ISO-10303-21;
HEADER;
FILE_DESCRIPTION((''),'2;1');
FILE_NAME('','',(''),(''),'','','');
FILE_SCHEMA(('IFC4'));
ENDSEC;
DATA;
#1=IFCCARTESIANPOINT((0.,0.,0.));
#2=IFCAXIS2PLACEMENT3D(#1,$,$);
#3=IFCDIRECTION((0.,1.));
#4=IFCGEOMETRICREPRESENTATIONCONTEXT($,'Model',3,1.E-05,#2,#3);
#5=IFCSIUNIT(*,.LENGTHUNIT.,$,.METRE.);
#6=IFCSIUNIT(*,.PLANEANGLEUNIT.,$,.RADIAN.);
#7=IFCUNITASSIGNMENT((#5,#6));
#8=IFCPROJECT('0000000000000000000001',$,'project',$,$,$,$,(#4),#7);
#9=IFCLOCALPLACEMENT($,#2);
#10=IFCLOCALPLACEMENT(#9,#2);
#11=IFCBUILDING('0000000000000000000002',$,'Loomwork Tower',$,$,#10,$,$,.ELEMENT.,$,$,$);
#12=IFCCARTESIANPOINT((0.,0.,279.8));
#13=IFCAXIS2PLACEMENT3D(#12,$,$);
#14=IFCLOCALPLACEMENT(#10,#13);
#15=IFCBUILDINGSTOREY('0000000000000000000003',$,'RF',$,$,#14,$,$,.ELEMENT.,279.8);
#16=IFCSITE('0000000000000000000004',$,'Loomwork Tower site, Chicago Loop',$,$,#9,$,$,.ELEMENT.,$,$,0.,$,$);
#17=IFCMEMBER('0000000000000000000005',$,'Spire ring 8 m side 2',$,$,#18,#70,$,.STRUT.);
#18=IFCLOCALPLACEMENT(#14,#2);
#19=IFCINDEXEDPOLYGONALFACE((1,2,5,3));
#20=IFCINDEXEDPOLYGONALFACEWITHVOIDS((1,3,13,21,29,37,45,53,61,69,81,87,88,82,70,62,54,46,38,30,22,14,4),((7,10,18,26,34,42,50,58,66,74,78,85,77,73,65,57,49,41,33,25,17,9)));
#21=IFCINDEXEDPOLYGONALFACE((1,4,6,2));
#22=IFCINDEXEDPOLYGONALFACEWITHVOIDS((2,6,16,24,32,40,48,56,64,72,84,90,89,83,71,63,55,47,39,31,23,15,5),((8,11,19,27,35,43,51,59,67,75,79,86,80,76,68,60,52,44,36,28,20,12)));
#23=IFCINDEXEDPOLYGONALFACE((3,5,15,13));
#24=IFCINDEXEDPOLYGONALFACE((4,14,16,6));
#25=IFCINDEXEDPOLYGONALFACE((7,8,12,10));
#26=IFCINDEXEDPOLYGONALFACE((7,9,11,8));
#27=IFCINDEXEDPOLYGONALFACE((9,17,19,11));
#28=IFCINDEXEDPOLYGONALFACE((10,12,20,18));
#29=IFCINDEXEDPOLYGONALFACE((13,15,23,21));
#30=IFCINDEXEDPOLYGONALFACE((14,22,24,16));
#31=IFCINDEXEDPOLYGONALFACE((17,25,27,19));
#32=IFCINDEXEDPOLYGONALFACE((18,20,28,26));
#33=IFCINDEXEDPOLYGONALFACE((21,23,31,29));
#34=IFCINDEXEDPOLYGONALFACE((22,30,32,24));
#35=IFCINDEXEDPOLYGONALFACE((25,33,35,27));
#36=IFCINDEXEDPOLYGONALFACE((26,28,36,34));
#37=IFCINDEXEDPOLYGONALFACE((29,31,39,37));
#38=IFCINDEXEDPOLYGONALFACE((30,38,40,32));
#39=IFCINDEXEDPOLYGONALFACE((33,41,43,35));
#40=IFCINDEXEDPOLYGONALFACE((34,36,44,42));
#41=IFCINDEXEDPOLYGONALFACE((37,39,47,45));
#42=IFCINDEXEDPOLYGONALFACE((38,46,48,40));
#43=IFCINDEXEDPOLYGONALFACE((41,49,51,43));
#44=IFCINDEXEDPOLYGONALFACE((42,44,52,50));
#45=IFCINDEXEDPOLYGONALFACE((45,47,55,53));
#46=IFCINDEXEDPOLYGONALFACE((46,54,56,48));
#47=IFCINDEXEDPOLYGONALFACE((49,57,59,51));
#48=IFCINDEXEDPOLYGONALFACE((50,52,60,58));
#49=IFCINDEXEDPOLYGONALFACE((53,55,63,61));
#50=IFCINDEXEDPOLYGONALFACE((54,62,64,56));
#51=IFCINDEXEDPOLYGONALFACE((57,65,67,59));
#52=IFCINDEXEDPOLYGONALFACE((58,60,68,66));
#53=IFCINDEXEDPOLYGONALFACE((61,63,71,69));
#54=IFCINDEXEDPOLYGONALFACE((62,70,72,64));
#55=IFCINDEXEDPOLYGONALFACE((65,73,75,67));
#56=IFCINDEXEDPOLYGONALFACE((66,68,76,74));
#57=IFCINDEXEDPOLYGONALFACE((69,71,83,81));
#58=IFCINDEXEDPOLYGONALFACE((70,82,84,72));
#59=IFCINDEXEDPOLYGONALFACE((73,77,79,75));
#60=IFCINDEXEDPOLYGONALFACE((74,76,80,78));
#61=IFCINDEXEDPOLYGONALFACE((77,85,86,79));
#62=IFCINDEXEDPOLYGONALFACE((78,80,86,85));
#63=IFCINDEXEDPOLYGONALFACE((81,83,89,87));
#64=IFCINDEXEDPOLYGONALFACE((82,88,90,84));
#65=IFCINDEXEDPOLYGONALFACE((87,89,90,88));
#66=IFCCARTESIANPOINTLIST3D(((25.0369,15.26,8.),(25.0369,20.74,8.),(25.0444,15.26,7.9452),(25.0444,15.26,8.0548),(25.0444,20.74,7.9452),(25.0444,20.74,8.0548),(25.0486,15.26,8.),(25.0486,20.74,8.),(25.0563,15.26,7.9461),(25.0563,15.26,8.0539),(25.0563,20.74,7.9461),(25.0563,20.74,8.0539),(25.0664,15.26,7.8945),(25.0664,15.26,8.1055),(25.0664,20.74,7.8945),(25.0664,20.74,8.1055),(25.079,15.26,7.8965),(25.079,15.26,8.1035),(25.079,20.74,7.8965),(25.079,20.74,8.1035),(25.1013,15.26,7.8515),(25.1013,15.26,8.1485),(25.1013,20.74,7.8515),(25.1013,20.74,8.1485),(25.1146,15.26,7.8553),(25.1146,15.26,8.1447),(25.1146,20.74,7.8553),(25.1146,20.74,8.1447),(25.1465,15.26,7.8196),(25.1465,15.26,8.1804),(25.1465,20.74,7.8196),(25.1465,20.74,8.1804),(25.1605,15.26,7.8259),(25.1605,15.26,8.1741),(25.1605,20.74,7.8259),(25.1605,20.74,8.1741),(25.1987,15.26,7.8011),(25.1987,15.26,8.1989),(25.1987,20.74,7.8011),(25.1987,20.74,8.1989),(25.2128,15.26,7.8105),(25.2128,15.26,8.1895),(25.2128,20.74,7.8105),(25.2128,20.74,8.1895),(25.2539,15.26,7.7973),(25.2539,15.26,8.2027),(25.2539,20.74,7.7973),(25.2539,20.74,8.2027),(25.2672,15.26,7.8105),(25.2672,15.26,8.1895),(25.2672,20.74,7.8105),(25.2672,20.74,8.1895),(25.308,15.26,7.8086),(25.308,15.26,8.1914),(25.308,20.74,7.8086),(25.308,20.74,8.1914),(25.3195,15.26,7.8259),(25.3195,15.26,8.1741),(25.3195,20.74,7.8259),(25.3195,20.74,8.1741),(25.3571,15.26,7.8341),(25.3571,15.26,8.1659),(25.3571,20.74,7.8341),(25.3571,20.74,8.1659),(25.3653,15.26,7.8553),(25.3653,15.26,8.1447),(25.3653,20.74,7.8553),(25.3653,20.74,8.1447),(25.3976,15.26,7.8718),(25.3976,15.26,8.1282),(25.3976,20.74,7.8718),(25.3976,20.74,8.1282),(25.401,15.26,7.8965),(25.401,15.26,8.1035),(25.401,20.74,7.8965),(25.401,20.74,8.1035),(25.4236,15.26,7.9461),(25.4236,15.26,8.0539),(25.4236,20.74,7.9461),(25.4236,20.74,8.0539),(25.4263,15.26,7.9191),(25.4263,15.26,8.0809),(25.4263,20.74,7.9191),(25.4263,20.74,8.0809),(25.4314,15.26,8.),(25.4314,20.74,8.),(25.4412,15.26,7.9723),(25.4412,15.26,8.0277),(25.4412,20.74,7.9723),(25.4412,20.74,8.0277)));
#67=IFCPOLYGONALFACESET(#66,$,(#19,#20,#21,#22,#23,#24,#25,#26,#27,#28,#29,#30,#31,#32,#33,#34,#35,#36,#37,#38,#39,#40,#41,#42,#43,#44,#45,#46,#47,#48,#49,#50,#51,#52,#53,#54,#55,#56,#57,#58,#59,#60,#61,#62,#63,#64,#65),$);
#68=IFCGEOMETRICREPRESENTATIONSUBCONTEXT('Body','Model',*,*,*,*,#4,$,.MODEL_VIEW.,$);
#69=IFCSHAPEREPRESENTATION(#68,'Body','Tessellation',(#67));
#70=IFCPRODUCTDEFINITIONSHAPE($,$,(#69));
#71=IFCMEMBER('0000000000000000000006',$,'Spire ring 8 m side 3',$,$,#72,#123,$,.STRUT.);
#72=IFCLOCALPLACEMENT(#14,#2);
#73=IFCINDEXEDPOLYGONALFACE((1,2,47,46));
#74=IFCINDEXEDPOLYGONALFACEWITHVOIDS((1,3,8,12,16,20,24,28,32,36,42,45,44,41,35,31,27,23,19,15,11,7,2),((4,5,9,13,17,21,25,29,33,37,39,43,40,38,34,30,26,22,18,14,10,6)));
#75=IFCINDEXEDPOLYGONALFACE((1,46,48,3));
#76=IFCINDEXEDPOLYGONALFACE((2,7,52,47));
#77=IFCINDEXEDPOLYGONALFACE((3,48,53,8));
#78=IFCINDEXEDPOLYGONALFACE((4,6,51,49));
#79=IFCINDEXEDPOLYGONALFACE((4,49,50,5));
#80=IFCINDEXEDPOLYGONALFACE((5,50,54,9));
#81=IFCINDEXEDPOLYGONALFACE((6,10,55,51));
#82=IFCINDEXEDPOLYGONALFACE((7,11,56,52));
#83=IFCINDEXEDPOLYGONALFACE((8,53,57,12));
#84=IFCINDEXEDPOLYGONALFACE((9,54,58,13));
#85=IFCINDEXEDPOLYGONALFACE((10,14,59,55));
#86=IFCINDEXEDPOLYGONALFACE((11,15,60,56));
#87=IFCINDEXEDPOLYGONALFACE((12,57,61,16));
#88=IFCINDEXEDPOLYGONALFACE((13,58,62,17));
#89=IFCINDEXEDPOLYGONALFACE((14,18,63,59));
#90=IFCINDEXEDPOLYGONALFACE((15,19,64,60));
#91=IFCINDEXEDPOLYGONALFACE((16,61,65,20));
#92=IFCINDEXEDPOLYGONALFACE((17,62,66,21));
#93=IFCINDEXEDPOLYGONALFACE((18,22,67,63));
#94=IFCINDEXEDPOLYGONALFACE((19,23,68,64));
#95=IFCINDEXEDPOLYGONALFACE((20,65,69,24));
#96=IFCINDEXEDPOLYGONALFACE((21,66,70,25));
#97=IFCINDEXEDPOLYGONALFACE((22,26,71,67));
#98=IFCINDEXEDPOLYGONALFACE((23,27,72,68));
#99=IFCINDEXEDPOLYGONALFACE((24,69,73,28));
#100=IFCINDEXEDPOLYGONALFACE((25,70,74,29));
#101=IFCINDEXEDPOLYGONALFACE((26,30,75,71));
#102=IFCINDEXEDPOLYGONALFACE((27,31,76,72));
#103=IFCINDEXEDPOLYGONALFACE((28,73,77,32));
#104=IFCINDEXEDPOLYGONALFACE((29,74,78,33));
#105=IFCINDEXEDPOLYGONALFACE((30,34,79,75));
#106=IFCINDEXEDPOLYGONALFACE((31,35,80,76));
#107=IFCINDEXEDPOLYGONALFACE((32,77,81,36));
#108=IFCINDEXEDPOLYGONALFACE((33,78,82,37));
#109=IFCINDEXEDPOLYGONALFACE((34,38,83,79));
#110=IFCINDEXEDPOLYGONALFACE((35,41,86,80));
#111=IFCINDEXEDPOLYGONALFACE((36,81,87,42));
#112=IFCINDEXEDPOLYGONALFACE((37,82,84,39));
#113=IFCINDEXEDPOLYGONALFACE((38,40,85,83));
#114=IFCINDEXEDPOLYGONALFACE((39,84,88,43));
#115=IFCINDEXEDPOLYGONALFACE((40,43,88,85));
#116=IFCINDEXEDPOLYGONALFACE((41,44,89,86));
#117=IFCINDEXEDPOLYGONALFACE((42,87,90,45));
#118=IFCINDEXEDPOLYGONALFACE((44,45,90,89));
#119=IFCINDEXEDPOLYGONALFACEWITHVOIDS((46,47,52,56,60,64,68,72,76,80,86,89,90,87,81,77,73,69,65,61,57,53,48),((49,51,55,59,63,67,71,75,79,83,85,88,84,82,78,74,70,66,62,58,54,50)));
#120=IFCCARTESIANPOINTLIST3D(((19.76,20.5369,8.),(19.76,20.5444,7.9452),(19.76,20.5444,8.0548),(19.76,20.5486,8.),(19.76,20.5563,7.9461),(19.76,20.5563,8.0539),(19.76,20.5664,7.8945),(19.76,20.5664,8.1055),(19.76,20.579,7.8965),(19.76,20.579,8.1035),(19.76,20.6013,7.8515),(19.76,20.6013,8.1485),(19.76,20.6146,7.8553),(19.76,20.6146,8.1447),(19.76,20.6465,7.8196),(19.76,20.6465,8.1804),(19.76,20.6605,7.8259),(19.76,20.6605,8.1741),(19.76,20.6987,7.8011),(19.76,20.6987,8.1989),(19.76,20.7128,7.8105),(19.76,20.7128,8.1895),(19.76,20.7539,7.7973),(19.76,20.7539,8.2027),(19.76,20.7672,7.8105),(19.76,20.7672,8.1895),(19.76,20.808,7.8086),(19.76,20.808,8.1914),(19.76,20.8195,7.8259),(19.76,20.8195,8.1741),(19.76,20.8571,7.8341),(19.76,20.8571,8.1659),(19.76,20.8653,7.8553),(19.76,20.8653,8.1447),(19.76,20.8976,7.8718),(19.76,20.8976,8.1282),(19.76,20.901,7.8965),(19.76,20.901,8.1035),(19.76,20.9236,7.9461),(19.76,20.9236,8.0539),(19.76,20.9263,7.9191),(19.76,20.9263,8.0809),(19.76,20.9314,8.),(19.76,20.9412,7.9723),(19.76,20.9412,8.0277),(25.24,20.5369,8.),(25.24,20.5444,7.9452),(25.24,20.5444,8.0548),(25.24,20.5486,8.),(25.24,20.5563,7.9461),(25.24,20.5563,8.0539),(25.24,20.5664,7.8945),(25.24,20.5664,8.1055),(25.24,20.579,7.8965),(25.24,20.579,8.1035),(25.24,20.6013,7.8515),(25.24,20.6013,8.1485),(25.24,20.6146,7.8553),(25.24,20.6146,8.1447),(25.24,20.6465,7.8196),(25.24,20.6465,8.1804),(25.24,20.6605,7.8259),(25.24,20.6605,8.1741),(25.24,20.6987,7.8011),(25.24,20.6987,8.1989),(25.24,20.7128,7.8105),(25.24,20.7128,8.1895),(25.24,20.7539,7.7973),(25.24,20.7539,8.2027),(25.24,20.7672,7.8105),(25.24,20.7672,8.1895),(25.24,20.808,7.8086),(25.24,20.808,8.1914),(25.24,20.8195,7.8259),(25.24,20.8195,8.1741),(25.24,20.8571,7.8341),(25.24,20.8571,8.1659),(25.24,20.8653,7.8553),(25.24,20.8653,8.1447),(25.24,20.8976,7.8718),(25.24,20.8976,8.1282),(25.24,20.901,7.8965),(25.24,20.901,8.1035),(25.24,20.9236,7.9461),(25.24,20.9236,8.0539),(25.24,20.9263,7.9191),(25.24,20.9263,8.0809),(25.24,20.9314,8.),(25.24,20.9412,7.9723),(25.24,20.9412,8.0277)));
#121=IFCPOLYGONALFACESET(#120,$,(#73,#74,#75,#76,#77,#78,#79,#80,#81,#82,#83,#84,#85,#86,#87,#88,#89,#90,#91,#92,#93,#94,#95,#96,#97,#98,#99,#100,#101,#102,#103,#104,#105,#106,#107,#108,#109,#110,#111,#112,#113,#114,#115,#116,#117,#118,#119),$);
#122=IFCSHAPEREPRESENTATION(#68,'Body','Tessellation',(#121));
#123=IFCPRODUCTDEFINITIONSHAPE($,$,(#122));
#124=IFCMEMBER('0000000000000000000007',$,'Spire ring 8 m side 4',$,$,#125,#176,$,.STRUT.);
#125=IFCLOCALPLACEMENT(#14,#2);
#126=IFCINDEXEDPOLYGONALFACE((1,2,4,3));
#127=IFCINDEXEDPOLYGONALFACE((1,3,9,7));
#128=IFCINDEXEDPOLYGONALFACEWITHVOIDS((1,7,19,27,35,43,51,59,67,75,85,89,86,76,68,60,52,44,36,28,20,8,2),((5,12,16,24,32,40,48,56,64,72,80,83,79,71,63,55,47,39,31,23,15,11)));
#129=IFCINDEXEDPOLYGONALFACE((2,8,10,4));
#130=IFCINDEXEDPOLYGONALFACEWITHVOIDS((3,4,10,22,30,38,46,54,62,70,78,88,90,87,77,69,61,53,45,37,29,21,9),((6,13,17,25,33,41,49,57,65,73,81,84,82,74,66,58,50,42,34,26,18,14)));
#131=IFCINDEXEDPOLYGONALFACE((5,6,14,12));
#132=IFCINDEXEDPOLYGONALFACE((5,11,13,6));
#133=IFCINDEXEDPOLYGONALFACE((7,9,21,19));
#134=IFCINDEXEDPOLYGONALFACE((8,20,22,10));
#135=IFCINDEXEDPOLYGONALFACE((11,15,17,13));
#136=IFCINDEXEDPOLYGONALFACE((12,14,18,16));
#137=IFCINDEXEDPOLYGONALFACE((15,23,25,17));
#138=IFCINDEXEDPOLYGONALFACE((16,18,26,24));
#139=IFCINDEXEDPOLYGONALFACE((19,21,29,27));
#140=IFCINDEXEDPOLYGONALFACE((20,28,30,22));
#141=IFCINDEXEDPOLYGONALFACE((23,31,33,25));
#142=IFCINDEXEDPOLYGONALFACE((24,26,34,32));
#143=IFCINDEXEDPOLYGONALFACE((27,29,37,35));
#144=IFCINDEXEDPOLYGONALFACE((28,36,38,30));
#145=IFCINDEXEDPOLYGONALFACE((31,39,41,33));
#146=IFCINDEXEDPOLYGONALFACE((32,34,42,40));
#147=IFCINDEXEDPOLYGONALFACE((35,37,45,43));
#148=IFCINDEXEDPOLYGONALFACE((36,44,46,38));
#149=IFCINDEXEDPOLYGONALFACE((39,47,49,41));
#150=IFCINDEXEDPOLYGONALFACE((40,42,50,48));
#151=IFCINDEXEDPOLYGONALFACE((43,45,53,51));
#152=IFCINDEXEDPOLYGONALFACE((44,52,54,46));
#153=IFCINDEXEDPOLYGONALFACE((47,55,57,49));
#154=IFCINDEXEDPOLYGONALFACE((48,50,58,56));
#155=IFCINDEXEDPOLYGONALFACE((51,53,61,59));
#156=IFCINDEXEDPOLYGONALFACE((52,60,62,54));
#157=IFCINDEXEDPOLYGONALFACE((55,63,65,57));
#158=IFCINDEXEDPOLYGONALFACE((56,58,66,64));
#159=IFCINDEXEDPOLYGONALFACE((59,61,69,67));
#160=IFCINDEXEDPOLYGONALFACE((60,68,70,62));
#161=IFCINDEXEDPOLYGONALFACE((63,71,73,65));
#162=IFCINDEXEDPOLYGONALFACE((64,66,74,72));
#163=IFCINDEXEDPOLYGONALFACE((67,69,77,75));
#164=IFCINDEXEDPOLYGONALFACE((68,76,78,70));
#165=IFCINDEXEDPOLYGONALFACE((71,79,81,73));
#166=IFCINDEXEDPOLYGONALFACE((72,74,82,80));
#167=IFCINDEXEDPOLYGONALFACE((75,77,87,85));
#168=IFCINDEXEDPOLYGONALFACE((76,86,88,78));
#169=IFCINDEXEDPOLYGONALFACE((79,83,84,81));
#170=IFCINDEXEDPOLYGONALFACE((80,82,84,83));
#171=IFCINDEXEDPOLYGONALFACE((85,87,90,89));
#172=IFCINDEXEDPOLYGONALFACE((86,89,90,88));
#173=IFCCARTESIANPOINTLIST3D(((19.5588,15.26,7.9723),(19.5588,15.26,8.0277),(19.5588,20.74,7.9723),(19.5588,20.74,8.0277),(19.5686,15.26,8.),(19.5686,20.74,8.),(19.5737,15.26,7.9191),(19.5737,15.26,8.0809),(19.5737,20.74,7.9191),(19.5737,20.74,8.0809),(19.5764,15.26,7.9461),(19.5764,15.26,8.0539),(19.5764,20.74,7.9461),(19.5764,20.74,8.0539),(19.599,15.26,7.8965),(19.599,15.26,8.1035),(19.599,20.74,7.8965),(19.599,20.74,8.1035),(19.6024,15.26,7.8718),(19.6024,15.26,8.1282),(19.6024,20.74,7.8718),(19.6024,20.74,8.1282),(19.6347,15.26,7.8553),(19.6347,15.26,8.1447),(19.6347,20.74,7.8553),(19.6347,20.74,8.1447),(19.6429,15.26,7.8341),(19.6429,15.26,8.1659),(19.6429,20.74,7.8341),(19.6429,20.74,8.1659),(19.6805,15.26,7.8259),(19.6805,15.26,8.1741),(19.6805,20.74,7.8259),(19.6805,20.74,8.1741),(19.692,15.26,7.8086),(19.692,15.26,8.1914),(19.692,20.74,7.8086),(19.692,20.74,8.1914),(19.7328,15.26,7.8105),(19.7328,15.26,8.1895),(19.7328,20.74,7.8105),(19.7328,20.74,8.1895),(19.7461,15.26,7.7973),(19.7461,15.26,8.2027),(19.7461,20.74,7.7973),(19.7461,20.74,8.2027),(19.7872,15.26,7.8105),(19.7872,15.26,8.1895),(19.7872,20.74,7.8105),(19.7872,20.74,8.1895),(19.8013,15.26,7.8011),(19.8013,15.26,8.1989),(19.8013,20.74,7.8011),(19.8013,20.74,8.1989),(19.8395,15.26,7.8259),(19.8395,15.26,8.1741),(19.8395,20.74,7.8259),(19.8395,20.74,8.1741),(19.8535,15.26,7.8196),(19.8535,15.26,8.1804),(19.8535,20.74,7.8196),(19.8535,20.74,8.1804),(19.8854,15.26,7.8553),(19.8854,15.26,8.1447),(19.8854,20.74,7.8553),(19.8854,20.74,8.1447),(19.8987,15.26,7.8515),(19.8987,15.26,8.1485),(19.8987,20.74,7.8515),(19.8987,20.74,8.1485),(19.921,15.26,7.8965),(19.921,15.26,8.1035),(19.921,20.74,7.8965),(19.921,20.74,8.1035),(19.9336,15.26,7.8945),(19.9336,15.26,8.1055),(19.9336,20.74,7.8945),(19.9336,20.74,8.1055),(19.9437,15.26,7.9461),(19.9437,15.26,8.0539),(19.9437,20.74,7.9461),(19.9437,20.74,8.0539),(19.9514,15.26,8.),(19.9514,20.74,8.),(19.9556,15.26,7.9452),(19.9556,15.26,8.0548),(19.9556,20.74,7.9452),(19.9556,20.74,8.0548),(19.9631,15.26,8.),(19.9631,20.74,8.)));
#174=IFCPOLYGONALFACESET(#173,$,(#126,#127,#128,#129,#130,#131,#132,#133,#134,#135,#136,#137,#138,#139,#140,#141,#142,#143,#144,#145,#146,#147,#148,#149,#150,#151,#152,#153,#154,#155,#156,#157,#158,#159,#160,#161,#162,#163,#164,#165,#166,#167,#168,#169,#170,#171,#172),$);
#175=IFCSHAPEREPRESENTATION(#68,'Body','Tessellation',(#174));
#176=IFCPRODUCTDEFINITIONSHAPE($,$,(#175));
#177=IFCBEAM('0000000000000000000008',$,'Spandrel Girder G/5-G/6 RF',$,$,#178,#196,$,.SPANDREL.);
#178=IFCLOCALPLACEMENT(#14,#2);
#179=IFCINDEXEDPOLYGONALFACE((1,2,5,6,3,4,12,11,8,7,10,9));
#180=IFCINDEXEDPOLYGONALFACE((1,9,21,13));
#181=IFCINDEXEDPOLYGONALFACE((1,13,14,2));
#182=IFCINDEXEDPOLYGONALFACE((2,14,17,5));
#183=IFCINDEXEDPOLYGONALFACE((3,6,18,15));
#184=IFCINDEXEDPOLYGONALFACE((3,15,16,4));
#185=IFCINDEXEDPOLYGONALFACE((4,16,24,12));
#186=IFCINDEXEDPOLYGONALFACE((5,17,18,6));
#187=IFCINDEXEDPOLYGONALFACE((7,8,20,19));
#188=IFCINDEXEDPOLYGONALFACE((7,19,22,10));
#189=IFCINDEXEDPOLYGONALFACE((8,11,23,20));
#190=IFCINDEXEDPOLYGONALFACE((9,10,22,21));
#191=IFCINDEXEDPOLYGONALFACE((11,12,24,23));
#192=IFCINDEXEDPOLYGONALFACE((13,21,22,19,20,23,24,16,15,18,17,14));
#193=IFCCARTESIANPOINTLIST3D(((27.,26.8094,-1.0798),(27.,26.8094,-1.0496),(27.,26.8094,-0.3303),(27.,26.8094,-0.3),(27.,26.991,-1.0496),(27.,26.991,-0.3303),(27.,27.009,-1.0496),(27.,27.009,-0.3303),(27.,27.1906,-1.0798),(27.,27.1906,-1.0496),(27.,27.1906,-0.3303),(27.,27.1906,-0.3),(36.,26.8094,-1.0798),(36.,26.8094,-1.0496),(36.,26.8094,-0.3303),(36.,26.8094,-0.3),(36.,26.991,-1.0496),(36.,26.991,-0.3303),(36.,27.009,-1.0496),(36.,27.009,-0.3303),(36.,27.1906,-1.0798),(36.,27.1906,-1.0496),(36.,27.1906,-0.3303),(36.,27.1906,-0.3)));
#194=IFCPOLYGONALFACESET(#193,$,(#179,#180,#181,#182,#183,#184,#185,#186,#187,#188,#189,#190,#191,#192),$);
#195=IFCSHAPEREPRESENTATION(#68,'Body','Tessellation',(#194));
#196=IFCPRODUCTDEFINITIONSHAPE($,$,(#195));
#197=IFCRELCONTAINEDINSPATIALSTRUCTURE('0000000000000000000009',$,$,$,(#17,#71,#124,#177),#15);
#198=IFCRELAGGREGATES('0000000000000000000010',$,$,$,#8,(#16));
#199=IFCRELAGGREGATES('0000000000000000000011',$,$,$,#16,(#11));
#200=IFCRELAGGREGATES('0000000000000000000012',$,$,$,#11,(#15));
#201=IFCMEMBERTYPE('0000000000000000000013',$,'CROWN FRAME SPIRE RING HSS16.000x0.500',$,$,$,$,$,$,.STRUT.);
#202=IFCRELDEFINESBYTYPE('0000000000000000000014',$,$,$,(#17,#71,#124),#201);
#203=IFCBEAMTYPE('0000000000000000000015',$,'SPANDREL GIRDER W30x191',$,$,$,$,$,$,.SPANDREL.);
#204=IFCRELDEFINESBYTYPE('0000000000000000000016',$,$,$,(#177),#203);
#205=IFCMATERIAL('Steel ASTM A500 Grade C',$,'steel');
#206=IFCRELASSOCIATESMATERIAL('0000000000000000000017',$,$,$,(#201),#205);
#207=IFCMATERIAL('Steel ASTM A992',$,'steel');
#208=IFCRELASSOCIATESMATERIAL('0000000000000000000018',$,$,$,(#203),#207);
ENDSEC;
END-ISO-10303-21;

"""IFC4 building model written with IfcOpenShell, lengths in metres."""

from ifc_helpers import new_model, si_unit, direction, frame, origin, origin_2d, place, context, subcontext, project, spatial, hollow_circle, i_section, extrude, material, material_profile, profile_set, type_object, element, save


model = new_model("IFC4")

# Units and contexts
model_context = context("Model", 3, precision=1e-05, world=origin(), true_north=direction((0.0, 1.0)))
body_context = subcontext(model_context, "Body", "Model", "MODEL_VIEW")
ifc_project = project(units=[si_unit("LENGTHUNIT", "METRE"), si_unit("PLANEANGLEUNIT", "RADIAN")], contexts=[model_context])

# Site, building, storey
site_placement = place(None, origin())
site = spatial("IfcSite", under=ifc_project, at=site_placement, Name="Loomwork Tower site, Chicago Loop", CompositionType="ELEMENT", RefElevation=0.0)
building_placement = place(site_placement, origin())
building = spatial("IfcBuilding", under=site, at=building_placement, Name="Loomwork Tower", CompositionType="ELEMENT")
storey_placement = place(building_placement, frame((0.0, 0.0, 279.8)))
storey = spatial("IfcBuildingStorey", under=building, at=storey_placement, Name="RF", CompositionType="ELEMENT", Elevation=279.8)

# Members
ifc_material_1 = material(Name="Steel ASTM A500 Grade C", Category="steel")
ifc_material_profile_1 = material_profile(ifc_material_1, hollow_circle(Radius=0.2031, WallThickness=0.0117, at=origin_2d()), Name="HSS16.000x0.500")
ifc_profile_set_1 = profile_set([ifc_material_profile_1], Name="Steel ASTM A500 Grade C")
member_type_1 = type_object("IfcMemberType", Name="CROWN FRAME SPIRE RING HSS16.000x0.500", PredefinedType="STRUT", material=ifc_profile_set_1)
for number, where, z_axis, x_axis, name in (
    (1, (25.24, 15.26, 8.0), (0.0, 1.0, 0.0), (-1.0, 0.0, 0.0), "Spire ring 8 m side 2"),
    (2, (25.24, 20.74, 8.0), (-1.0, 0.0, 0.0), (0.0, -1.0, 0.0), "Spire ring 8 m side 3"),
    (3, (19.76, 20.74, 8.0), (0.0, -1.0, 0.0), (1.0, 0.0, 0.0), "Spire ring 8 m side 4"),
):
    element("IfcMember", number, at=place(storey_placement, frame(where, z_axis=z_axis, x_axis=x_axis)), inside=storey, type_object=member_type_1, Name=name, PredefinedType="STRUT", context=body_context, shape_type="SweptSolid", body=[
        extrude(hollow_circle(Radius=0.2031, WallThickness=0.0117, at=origin_2d()), origin(), (0.0, 0.0, 1.0), 5.48),
    ])

# Beam
ifc_material_2 = material(Name="Steel ASTM A992", Category="steel")
ifc_material_profile_2 = material_profile(ifc_material_2, i_section(OverallWidth=0.3811, OverallDepth=0.7798, WebThickness=0.0181, FlangeThickness=0.0303, at=origin_2d()), Name="W30x191")
ifc_profile_set_2 = profile_set([ifc_material_profile_2], Name="Steel ASTM A992")
beam_type = type_object("IfcBeamType", Name="SPANDREL GIRDER W30x191", PredefinedType="SPANDREL", material=ifc_profile_set_2)
for number, where, z_axis, x_axis, name in (
    (4, (27.0, 27.0, -0.6899), (1.0, 0.0, 0.0), (0.0, 1.0, 0.0), "Spandrel Girder G/5-G/6 RF"),
):
    element("IfcBeam", number, at=place(storey_placement, frame(where, z_axis=z_axis, x_axis=x_axis)), inside=storey, type_object=beam_type, Name=name, PredefinedType="SPANDREL", context=body_context, shape_type="SweptSolid", body=[
        extrude(i_section(OverallWidth=0.3811, OverallDepth=0.7798, WebThickness=0.0181, FlangeThickness=0.0303, at=origin_2d()), origin(), (0.0, 0.0, 1.0), 9.0),
    ])

save(model, "model.ifc")
